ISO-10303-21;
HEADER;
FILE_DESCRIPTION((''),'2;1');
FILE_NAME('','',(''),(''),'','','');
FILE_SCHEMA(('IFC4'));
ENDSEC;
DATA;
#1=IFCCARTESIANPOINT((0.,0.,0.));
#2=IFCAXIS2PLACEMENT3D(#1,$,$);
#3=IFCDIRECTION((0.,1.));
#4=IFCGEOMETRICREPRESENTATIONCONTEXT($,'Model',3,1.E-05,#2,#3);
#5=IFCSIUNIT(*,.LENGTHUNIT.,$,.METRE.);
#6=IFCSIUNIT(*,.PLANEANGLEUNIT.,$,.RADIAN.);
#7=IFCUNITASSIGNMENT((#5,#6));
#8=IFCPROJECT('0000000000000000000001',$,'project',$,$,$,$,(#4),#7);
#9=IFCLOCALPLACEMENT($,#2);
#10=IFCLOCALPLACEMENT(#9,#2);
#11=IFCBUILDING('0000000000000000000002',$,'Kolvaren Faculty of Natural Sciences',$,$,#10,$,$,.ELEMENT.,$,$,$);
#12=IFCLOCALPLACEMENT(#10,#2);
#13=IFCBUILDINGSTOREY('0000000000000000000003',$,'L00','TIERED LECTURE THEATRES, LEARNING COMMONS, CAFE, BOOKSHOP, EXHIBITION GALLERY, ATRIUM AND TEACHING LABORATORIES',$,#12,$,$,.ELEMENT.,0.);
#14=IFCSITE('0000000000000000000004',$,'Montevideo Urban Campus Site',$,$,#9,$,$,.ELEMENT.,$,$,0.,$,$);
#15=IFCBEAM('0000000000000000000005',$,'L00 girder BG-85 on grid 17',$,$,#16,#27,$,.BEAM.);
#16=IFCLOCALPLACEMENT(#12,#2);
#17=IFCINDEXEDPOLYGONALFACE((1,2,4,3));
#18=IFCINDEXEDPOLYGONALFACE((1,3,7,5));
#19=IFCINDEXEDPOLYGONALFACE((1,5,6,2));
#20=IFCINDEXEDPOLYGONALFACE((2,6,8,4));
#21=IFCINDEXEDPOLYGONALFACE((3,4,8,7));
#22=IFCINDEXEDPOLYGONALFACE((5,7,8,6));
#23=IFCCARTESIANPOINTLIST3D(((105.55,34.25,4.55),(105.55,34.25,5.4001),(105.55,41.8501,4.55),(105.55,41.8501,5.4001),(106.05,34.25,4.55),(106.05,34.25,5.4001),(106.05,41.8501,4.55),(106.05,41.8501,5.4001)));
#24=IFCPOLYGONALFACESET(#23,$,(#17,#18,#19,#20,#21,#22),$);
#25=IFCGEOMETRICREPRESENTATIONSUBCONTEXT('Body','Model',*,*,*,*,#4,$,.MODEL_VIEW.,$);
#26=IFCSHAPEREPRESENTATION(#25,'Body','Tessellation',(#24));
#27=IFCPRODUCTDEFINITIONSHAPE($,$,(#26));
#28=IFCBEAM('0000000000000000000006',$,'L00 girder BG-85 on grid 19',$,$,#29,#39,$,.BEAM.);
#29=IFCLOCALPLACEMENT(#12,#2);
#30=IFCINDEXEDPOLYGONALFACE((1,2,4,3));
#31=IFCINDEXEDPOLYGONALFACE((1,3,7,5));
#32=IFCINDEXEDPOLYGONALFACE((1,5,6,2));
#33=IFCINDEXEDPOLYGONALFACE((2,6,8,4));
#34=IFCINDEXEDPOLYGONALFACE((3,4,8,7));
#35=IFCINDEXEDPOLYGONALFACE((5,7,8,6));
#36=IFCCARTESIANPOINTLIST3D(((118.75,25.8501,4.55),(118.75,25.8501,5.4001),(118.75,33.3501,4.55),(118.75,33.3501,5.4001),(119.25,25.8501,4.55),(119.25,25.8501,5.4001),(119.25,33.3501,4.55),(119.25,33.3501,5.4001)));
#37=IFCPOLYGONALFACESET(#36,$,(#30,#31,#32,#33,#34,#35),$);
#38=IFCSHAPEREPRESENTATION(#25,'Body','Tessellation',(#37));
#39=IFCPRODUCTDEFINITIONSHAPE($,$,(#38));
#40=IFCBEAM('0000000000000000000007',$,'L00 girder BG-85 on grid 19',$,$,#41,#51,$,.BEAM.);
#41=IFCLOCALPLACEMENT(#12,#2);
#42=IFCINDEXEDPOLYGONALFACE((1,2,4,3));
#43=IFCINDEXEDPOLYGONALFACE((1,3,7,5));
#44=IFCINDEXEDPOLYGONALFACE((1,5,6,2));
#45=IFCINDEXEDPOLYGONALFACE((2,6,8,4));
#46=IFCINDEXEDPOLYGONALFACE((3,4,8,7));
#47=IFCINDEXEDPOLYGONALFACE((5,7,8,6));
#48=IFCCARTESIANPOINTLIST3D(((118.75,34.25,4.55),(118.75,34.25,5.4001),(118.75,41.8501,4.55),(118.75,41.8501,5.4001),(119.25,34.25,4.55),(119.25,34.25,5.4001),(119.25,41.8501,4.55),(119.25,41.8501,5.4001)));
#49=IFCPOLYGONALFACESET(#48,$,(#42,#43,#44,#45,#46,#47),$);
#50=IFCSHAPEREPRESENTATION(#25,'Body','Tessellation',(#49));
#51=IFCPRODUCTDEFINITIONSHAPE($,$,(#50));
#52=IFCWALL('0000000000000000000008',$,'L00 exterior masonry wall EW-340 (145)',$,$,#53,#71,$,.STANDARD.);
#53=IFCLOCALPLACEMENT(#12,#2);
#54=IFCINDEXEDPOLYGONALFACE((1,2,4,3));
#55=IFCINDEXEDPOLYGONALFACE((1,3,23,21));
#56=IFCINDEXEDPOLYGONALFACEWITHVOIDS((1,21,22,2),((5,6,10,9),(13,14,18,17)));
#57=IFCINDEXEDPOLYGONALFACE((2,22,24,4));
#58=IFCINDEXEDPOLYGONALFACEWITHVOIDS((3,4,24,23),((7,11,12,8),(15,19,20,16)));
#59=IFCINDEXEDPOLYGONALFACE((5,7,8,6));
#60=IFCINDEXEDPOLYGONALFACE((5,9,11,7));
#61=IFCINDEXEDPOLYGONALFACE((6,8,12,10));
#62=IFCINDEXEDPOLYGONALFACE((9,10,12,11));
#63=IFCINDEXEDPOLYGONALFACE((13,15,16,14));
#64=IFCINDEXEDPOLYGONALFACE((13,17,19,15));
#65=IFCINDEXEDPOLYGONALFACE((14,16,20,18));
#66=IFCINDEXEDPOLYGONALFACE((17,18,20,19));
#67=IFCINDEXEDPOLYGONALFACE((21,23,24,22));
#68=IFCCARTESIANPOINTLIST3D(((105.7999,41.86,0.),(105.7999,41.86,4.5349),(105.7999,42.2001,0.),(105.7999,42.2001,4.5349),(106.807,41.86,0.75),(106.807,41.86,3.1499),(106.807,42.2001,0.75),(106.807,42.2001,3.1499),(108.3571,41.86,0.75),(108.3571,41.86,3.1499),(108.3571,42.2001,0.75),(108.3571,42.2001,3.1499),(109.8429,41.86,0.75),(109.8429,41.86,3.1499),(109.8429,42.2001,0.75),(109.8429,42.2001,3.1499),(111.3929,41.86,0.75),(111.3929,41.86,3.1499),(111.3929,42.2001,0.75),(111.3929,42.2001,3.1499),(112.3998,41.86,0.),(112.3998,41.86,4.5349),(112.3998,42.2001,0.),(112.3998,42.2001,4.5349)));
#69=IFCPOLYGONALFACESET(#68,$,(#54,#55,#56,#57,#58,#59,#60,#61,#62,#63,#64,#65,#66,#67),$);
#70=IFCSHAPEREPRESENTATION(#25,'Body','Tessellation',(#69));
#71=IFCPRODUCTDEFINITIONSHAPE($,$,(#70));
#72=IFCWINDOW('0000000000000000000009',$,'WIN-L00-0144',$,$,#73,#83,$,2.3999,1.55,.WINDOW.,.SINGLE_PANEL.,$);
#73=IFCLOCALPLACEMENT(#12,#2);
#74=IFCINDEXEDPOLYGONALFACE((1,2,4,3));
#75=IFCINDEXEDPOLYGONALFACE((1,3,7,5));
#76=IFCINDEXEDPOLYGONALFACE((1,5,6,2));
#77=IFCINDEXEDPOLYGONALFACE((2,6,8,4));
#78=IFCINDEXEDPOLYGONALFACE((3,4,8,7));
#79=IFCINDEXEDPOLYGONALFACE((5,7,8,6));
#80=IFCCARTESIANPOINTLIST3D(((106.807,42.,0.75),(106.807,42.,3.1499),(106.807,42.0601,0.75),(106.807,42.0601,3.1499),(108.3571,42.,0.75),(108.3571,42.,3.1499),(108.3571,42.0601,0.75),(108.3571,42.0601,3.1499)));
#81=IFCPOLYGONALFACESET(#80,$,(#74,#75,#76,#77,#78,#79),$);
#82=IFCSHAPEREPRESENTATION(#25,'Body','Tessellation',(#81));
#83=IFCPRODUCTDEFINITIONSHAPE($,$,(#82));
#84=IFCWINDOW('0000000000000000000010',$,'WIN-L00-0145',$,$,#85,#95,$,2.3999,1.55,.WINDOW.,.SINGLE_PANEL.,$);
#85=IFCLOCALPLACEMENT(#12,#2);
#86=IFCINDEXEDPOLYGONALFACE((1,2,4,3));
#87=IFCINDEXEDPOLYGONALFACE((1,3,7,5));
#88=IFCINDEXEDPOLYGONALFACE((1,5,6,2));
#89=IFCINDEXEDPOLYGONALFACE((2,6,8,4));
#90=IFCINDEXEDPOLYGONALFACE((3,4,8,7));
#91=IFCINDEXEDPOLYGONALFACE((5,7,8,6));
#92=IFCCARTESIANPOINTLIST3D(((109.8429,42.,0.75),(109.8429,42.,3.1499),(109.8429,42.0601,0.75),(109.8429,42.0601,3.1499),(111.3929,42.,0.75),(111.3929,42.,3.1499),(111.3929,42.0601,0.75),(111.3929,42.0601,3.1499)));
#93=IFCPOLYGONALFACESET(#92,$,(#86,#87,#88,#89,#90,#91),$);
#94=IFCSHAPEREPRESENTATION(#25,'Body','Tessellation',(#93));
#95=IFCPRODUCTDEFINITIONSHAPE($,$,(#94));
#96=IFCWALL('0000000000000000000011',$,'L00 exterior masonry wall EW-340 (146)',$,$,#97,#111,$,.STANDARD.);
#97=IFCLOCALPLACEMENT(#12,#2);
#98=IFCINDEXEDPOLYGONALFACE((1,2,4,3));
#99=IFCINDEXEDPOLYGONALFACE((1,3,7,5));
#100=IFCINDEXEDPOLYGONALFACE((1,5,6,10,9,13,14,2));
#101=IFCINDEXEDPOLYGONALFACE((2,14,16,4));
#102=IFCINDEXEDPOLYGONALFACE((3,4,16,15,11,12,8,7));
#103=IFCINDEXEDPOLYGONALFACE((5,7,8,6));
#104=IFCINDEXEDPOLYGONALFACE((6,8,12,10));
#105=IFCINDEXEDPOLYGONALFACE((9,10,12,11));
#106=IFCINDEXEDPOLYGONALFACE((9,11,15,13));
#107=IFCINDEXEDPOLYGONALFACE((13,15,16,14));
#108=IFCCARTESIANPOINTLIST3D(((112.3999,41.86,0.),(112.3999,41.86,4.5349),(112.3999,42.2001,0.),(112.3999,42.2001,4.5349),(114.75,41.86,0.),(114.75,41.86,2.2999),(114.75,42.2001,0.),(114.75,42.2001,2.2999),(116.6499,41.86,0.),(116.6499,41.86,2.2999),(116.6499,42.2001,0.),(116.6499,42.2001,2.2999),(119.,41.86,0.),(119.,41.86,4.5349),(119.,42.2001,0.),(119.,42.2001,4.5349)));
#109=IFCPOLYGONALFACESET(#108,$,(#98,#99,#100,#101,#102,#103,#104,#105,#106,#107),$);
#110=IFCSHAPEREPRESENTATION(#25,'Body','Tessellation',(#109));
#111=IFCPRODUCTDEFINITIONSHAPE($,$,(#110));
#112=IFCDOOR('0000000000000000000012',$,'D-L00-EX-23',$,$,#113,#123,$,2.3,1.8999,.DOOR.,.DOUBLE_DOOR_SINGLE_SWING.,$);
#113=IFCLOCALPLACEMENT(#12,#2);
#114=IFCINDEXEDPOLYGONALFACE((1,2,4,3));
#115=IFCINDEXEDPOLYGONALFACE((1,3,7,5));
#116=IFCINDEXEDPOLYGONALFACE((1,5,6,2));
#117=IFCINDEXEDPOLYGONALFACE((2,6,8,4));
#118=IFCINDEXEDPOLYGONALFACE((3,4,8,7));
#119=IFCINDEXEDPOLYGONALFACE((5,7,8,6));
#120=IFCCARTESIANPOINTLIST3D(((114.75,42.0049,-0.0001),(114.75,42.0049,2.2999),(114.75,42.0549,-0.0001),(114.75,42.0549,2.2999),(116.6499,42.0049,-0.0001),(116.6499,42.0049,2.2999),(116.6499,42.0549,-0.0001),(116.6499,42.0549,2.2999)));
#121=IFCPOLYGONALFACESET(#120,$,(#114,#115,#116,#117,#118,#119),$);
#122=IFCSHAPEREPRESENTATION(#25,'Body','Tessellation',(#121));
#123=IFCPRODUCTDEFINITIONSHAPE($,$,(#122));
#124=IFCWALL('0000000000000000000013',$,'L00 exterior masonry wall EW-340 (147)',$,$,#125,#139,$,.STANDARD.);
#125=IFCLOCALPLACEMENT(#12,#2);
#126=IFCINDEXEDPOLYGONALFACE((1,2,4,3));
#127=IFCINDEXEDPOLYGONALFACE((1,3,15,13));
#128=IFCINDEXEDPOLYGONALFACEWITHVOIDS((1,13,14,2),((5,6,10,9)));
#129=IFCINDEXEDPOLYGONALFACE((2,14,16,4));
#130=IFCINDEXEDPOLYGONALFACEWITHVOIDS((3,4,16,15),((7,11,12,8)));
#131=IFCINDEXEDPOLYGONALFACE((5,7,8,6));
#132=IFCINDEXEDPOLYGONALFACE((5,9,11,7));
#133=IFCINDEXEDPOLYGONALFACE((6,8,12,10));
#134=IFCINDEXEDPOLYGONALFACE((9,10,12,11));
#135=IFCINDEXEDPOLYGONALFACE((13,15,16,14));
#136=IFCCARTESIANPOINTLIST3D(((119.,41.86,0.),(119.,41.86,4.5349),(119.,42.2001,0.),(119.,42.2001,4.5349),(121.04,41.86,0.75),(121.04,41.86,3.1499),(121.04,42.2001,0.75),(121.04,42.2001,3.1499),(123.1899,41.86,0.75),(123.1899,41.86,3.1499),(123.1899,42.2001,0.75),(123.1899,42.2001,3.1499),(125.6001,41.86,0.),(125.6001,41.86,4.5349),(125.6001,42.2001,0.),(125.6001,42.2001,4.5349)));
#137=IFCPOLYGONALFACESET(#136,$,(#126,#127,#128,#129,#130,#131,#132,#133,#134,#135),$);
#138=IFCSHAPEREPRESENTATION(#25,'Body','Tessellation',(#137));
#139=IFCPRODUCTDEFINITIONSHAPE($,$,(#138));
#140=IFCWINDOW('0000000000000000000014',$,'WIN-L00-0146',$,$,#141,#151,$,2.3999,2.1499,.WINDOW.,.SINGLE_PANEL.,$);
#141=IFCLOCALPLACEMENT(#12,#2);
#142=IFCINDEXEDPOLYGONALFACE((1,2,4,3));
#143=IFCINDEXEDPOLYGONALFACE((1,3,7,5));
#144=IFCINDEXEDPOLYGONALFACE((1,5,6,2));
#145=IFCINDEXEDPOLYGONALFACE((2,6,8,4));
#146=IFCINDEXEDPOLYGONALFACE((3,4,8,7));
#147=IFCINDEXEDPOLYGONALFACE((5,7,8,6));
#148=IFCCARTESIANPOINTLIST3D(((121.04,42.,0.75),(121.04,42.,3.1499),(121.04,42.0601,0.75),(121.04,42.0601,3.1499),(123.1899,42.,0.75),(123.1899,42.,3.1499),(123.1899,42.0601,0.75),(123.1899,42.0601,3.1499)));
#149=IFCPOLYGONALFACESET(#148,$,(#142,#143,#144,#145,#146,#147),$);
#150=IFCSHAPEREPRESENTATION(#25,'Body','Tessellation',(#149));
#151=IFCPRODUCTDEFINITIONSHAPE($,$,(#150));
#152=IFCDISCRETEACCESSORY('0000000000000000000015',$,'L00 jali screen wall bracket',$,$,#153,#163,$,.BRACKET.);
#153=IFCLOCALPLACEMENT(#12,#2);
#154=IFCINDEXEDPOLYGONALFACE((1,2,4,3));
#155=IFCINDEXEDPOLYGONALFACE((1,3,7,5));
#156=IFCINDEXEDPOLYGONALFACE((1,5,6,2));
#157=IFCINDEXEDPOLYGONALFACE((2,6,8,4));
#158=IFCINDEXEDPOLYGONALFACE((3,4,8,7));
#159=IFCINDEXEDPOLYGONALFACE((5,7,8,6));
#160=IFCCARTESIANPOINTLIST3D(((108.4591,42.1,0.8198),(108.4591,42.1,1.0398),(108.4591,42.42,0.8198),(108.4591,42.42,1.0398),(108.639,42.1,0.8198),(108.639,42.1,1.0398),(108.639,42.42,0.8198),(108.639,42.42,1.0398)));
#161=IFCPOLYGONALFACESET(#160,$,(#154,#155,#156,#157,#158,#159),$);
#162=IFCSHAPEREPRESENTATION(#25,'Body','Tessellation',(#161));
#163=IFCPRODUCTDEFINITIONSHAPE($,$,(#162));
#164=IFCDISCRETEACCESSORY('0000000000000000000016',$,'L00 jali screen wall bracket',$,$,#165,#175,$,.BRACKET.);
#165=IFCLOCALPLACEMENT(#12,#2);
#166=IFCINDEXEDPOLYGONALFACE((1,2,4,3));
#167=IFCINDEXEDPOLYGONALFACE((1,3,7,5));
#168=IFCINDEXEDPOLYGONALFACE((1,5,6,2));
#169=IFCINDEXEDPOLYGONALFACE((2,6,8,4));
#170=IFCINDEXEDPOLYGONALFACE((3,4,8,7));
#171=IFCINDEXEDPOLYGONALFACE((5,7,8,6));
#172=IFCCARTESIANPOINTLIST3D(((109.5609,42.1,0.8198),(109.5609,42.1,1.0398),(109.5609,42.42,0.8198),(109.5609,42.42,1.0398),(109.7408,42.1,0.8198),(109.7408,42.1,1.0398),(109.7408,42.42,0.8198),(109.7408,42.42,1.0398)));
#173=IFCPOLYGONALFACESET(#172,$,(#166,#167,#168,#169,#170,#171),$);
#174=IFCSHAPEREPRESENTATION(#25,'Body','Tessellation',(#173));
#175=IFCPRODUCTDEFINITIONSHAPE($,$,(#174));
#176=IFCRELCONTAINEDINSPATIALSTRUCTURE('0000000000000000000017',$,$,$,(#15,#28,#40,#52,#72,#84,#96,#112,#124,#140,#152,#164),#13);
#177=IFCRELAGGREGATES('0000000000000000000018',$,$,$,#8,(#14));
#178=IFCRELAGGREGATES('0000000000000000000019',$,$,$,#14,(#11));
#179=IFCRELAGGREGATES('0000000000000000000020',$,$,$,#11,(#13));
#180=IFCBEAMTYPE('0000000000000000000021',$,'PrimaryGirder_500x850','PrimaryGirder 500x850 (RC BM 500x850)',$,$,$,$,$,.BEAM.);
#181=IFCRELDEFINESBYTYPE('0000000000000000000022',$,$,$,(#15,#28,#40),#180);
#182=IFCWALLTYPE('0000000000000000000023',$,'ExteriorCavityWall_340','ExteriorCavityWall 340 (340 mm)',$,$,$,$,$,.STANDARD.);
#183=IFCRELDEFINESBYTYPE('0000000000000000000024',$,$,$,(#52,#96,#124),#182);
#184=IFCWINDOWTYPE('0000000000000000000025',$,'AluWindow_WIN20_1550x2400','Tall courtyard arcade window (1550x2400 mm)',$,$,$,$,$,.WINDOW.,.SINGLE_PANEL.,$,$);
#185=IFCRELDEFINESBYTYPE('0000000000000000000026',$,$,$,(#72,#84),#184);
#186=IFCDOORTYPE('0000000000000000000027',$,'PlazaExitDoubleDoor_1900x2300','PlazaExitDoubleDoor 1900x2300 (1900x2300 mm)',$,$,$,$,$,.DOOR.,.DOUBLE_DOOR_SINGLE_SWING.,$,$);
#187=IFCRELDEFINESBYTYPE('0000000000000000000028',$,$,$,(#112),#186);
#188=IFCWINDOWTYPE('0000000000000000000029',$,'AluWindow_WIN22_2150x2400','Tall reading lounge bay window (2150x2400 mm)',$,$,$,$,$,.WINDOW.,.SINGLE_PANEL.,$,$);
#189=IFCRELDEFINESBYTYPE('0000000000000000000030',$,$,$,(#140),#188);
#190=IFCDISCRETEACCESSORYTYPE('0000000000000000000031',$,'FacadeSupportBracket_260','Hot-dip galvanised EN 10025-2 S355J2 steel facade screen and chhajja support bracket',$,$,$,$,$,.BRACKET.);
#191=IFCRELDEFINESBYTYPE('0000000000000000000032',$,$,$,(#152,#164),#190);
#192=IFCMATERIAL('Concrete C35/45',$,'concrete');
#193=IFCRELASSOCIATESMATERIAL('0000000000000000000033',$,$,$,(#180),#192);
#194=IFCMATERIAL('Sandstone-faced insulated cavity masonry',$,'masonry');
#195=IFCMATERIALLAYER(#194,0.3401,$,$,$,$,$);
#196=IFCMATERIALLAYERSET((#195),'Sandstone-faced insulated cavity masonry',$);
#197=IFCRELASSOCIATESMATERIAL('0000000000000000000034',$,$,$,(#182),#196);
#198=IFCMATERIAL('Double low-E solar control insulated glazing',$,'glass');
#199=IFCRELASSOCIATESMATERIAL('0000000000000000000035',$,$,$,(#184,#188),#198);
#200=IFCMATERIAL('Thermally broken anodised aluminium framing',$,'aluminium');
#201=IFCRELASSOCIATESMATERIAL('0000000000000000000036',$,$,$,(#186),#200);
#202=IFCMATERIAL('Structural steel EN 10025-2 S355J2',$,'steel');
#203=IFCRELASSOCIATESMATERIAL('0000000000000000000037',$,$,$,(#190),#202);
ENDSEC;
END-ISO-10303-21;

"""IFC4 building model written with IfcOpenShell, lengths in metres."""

from ifc_helpers import new_model, si_unit, direction, frame, frame_2d, origin, origin_2d, place, context, subcontext, project, spatial, rectangle, extrude, material, layer, layer_set, material_profile, profile_set, type_object, element, fill, save


model = new_model("IFC4")

# Units and contexts
model_context = context("Model", 3, precision=1e-05, world=origin(), true_north=direction((0.0, 1.0)))
body_context = subcontext(model_context, "Body", "Model", "MODEL_VIEW")
ifc_project = project(units=[si_unit("LENGTHUNIT", "METRE"), si_unit("PLANEANGLEUNIT", "RADIAN")], contexts=[model_context])

# Site, building, storey
site_placement = place(None, origin())
site = spatial("IfcSite", under=ifc_project, at=site_placement, Name="Montevideo Urban Campus Site", CompositionType="ELEMENT", RefElevation=0.0)
building_placement = place(site_placement, origin())
building = spatial("IfcBuilding", under=site, at=building_placement, Name="Kolvaren Faculty of Natural Sciences", CompositionType="ELEMENT")
storey_placement = place(building_placement, origin())
storey = spatial("IfcBuildingStorey", under=building, at=storey_placement, Name="L00", Description="TIERED LECTURE THEATRES, LEARNING COMMONS, CAFE, BOOKSHOP, EXHIBITION GALLERY, ATRIUM AND TEACHING LABORATORIES", CompositionType="ELEMENT", Elevation=0.0)

# Beams
ifc_material_1 = material(Name="Concrete C35/45", Category="concrete")
ifc_material_profile_1 = material_profile(ifc_material_1, rectangle(XDim=0.5, YDim=0.8501, at=origin_2d()), Name="RC BM 500x850")
ifc_profile_set_1 = profile_set([ifc_material_profile_1], Name="Concrete C35/45")
beam_type_1 = type_object("IfcBeamType", Name="PrimaryGirder_500x850", Description="PrimaryGirder 500x850 (RC BM 500x850)", PredefinedType="BEAM", material=ifc_profile_set_1)
beam_1_placement = place(storey_placement, frame((105.8, 34.25, 4.9751), z_axis=(0.0, 1.0, 0.0), x_axis=(-1.0, 0.0, 0.0)))
element("IfcBeam", 1, at=beam_1_placement, inside=storey, type_object=beam_type_1, Name="L00 girder BG-85 on grid 17", PredefinedType="BEAM", context=body_context, shape_type="SweptSolid", body=[
    extrude(rectangle(XDim=0.5, YDim=0.8501, at=origin_2d()), origin(), (0.0, 0.0, 1.0), 7.6001),
])
beam_2_placement = place(storey_placement, frame((119.0, 25.8501, 4.9751), z_axis=(0.0, 1.0, 0.0), x_axis=(-1.0, 0.0, 0.0)))
element("IfcBeam", 2, at=beam_2_placement, inside=storey, type_object=beam_type_1, Name="L00 girder BG-85 on grid 19", PredefinedType="BEAM", context=body_context, shape_type="SweptSolid", body=[
    extrude(rectangle(XDim=0.5, YDim=0.8501, at=origin_2d()), origin(), (0.0, 0.0, 1.0), 7.5),
])
beam_3_placement = place(storey_placement, frame((119.0, 34.25, 4.9751), z_axis=(0.0, 1.0, 0.0), x_axis=(-1.0, 0.0, 0.0)))
element("IfcBeam", 3, at=beam_3_placement, inside=storey, type_object=beam_type_1, Name="L00 girder BG-85 on grid 19", PredefinedType="BEAM", context=body_context, shape_type="SweptSolid", body=[
    extrude(rectangle(XDim=0.5, YDim=0.8501, at=origin_2d()), origin(), (0.0, 0.0, 1.0), 7.6001),
])

# Wall, openings, windows
ifc_material_2 = material(Name="Sandstone-faced insulated cavity masonry", Category="masonry")
ifc_layer = layer(ifc_material_2, 0.3401)
ifc_layer_set = layer_set([ifc_layer], Name="Sandstone-faced insulated cavity masonry")
wall_type = type_object("IfcWallType", Name="ExteriorCavityWall_340", Description="ExteriorCavityWall 340 (340 mm)", PredefinedType="STANDARD", material=ifc_layer_set)
wall_1_placement = place(storey_placement, frame((105.8, 42.03, 0.0), z_axis=(0.0, 0.0, 1.0), x_axis=(1.0, 0.0, 0.0)))
wall_1 = element("IfcWall", 4, at=wall_1_placement, inside=storey, type_object=wall_type, Name="L00 exterior masonry wall EW-340 (145)", PredefinedType="STANDARD", context=body_context, shape_type="SweptSolid", body=[
    extrude(rectangle(XDim=6.5999, YDim=0.3401, at=frame_2d((3.2998, 0.0))), origin(), (0.0, 0.0, 1.0), 4.5349),
])
opening_1_placement = place(wall_1_placement, frame((1.0071, 0.0, 0.75)))
opening_1 = element("IfcOpeningElement", 5, at=opening_1_placement, cuts=wall_1, PredefinedType="OPENING", context=body_context, shape_type="SweptSolid", body=[
    extrude(rectangle(XDim=1.55, YDim=2.3999, at=frame_2d((0.7749, 1.2))), frame((0.0, 0.1799, 0.0), z_axis=(0.0, -1.0, 0.0), x_axis=(1.0, 0.0, 0.0)), (0.0, 0.0, 1.0), 0.3601),
])
opening_2_placement = place(wall_1_placement, frame((4.043, 0.0, 0.75)))
opening_2 = element("IfcOpeningElement", 6, at=opening_2_placement, cuts=wall_1, PredefinedType="OPENING", context=body_context, shape_type="SweptSolid", body=[
    extrude(rectangle(XDim=1.55, YDim=2.3999, at=frame_2d((0.7749, 1.2))), frame((0.0, 0.1799, 0.0), z_axis=(0.0, -1.0, 0.0), x_axis=(1.0, 0.0, 0.0)), (0.0, 0.0, 1.0), 0.3601),
])
ifc_material_3 = material(Name="Double low-E solar control insulated glazing", Category="glass")
window_type_1 = type_object("IfcWindowType", Name="AluWindow_WIN20_1550x2400", Description="Tall courtyard arcade window (1550x2400 mm)", PartitioningType="SINGLE_PANEL", PredefinedType="WINDOW", material=ifc_material_3)
window_1_placement = place(opening_1_placement, origin())
window_1 = element("IfcWindow", 7, at=window_1_placement, inside=storey, type_object=window_type_1, Name="WIN-L00-0144", OverallHeight=2.3999, OverallWidth=1.55, PartitioningType="SINGLE_PANEL", PredefinedType="WINDOW", context=body_context, shape_type="SweptSolid", body=[
    extrude(rectangle(XDim=1.55, YDim=2.3999, at=frame_2d((0.7749, 1.2))), frame((0.0, 0.03, 0.0), z_axis=(0.0, -1.0, 0.0), x_axis=(1.0, 0.0, 0.0)), (0.0, 0.0, 1.0), 0.0601),
])
fill(opening_1, window_1)
window_2_placement = place(opening_2_placement, origin())
window_2 = element("IfcWindow", 8, at=window_2_placement, inside=storey, type_object=window_type_1, Name="WIN-L00-0145", OverallHeight=2.3999, OverallWidth=1.55, PartitioningType="SINGLE_PANEL", PredefinedType="WINDOW", context=body_context, shape_type="SweptSolid", body=[
    extrude(rectangle(XDim=1.55, YDim=2.3999, at=frame_2d((0.7749, 1.2))), frame((0.0, 0.03, 0.0), z_axis=(0.0, -1.0, 0.0), x_axis=(1.0, 0.0, 0.0)), (0.0, 0.0, 1.0), 0.0601),
])
fill(opening_2, window_2)

# Wall, opening, door
wall_2_placement = place(storey_placement, frame((112.3999, 42.03, 0.0), z_axis=(0.0, 0.0, 1.0), x_axis=(1.0, 0.0, 0.0)))
wall_2 = element("IfcWall", 9, at=wall_2_placement, inside=storey, type_object=wall_type, Name="L00 exterior masonry wall EW-340 (146)", PredefinedType="STANDARD", context=body_context, shape_type="SweptSolid", body=[
    extrude(rectangle(XDim=6.6001, YDim=0.3401, at=frame_2d((3.3, 0.0))), origin(), (0.0, 0.0, 1.0), 4.5349),
])
opening_3_placement = place(wall_2_placement, frame((2.3501, 0.0, 0.0)))
opening_3 = element("IfcOpeningElement", 10, at=opening_3_placement, cuts=wall_2, PredefinedType="OPENING", context=body_context, shape_type="SweptSolid", body=[
    extrude(rectangle(XDim=1.8999, YDim=2.3, at=frame_2d((0.95, 1.1499))), frame((0.0, 0.1799, 0.0), z_axis=(0.0, -1.0, 0.0), x_axis=(1.0, 0.0, 0.0)), (0.0, 0.0, 1.0), 0.3601),
])
ifc_material_4 = material(Name="Thermally broken anodised aluminium framing", Category="aluminium")
door_type = type_object("IfcDoorType", Name="PlazaExitDoubleDoor_1900x2300", Description="PlazaExitDoubleDoor 1900x2300 (1900x2300 mm)", OperationType="DOUBLE_DOOR_SINGLE_SWING", PredefinedType="DOOR", material=ifc_material_4)
door_placement = place(opening_3_placement, origin())
door = element("IfcDoor", 11, at=door_placement, inside=storey, type_object=door_type, Name="D-L00-EX-23", OperationType="DOUBLE_DOOR_SINGLE_SWING", OverallHeight=2.3, OverallWidth=1.8999, PredefinedType="DOOR", context=body_context, shape_type="SweptSolid", body=[
    extrude(rectangle(XDim=1.8999, YDim=2.3, at=frame_2d((0.95, 1.1499))), frame((0.0, 0.0249, 0.0), z_axis=(0.0, -1.0, 0.0), x_axis=(1.0, 0.0, 0.0)), (0.0, 0.0, 1.0), 0.05),
])
fill(opening_3, door)

# Wall, opening, window
wall_3_placement = place(storey_placement, frame((119.0, 42.03, 0.0), z_axis=(0.0, 0.0, 1.0), x_axis=(1.0, 0.0, 0.0)))
wall_3 = element("IfcWall", 12, at=wall_3_placement, inside=storey, type_object=wall_type, Name="L00 exterior masonry wall EW-340 (147)", PredefinedType="STANDARD", context=body_context, shape_type="SweptSolid", body=[
    extrude(rectangle(XDim=6.6001, YDim=0.3401, at=frame_2d((3.3, 0.0))), origin(), (0.0, 0.0, 1.0), 4.5349),
])
opening_4_placement = place(wall_3_placement, frame((2.04, 0.0, 0.75)))
opening_4 = element("IfcOpeningElement", 13, at=opening_4_placement, cuts=wall_3, PredefinedType="OPENING", context=body_context, shape_type="SweptSolid", body=[
    extrude(rectangle(XDim=2.1499, YDim=2.3999, at=frame_2d((1.075, 1.2))), frame((0.0, 0.1799, 0.0), z_axis=(0.0, -1.0, 0.0), x_axis=(1.0, 0.0, 0.0)), (0.0, 0.0, 1.0), 0.3601),
])
window_type_2 = type_object("IfcWindowType", Name="AluWindow_WIN22_2150x2400", Description="Tall reading lounge bay window (2150x2400 mm)", PartitioningType="SINGLE_PANEL", PredefinedType="WINDOW", material=ifc_material_3)
window_3_placement = place(opening_4_placement, origin())
window_3 = element("IfcWindow", 14, at=window_3_placement, inside=storey, type_object=window_type_2, Name="WIN-L00-0146", OverallHeight=2.3999, OverallWidth=2.1499, PartitioningType="SINGLE_PANEL", PredefinedType="WINDOW", context=body_context, shape_type="SweptSolid", body=[
    extrude(rectangle(XDim=2.1499, YDim=2.3999, at=frame_2d((1.075, 1.2))), frame((0.0, 0.03, 0.0), z_axis=(0.0, -1.0, 0.0), x_axis=(1.0, 0.0, 0.0)), (0.0, 0.0, 1.0), 0.0601),
])
fill(opening_4, window_3)

# Discrete accessories
ifc_material_5 = material(Name="Structural steel EN 10025-2 S355J2", Category="steel")
discrete_accessory_type = type_object("IfcDiscreteAccessoryType", Name="FacadeSupportBracket_260", Description="Hot-dip galvanised EN 10025-2 S355J2 steel facade screen and chhajja support bracket", PredefinedType="BRACKET", material=ifc_material_5)
for number, where, z_axis, x_axis, name in (
    (15, (108.5491, 42.26, 0.8198), (0.0, 0.0, 1.0), (1.0, 0.0, 0.0), "L00 jali screen wall bracket"),
    (16, (109.6509, 42.26, 0.8198), (0.0, 0.0, 1.0), (1.0, 0.0, 0.0), "L00 jali screen wall bracket"),
):
    element("IfcDiscreteAccessory", number, at=place(storey_placement, frame(where, z_axis=z_axis, x_axis=x_axis)), inside=storey, type_object=discrete_accessory_type, Name=name, PredefinedType="BRACKET", context=body_context, shape_type="SweptSolid", body=[
        extrude(rectangle(XDim=0.1799, YDim=0.3201, at=origin_2d()), origin(), (0.0, 0.0, 1.0), 0.22),
    ])

save(model, "model.ifc")
